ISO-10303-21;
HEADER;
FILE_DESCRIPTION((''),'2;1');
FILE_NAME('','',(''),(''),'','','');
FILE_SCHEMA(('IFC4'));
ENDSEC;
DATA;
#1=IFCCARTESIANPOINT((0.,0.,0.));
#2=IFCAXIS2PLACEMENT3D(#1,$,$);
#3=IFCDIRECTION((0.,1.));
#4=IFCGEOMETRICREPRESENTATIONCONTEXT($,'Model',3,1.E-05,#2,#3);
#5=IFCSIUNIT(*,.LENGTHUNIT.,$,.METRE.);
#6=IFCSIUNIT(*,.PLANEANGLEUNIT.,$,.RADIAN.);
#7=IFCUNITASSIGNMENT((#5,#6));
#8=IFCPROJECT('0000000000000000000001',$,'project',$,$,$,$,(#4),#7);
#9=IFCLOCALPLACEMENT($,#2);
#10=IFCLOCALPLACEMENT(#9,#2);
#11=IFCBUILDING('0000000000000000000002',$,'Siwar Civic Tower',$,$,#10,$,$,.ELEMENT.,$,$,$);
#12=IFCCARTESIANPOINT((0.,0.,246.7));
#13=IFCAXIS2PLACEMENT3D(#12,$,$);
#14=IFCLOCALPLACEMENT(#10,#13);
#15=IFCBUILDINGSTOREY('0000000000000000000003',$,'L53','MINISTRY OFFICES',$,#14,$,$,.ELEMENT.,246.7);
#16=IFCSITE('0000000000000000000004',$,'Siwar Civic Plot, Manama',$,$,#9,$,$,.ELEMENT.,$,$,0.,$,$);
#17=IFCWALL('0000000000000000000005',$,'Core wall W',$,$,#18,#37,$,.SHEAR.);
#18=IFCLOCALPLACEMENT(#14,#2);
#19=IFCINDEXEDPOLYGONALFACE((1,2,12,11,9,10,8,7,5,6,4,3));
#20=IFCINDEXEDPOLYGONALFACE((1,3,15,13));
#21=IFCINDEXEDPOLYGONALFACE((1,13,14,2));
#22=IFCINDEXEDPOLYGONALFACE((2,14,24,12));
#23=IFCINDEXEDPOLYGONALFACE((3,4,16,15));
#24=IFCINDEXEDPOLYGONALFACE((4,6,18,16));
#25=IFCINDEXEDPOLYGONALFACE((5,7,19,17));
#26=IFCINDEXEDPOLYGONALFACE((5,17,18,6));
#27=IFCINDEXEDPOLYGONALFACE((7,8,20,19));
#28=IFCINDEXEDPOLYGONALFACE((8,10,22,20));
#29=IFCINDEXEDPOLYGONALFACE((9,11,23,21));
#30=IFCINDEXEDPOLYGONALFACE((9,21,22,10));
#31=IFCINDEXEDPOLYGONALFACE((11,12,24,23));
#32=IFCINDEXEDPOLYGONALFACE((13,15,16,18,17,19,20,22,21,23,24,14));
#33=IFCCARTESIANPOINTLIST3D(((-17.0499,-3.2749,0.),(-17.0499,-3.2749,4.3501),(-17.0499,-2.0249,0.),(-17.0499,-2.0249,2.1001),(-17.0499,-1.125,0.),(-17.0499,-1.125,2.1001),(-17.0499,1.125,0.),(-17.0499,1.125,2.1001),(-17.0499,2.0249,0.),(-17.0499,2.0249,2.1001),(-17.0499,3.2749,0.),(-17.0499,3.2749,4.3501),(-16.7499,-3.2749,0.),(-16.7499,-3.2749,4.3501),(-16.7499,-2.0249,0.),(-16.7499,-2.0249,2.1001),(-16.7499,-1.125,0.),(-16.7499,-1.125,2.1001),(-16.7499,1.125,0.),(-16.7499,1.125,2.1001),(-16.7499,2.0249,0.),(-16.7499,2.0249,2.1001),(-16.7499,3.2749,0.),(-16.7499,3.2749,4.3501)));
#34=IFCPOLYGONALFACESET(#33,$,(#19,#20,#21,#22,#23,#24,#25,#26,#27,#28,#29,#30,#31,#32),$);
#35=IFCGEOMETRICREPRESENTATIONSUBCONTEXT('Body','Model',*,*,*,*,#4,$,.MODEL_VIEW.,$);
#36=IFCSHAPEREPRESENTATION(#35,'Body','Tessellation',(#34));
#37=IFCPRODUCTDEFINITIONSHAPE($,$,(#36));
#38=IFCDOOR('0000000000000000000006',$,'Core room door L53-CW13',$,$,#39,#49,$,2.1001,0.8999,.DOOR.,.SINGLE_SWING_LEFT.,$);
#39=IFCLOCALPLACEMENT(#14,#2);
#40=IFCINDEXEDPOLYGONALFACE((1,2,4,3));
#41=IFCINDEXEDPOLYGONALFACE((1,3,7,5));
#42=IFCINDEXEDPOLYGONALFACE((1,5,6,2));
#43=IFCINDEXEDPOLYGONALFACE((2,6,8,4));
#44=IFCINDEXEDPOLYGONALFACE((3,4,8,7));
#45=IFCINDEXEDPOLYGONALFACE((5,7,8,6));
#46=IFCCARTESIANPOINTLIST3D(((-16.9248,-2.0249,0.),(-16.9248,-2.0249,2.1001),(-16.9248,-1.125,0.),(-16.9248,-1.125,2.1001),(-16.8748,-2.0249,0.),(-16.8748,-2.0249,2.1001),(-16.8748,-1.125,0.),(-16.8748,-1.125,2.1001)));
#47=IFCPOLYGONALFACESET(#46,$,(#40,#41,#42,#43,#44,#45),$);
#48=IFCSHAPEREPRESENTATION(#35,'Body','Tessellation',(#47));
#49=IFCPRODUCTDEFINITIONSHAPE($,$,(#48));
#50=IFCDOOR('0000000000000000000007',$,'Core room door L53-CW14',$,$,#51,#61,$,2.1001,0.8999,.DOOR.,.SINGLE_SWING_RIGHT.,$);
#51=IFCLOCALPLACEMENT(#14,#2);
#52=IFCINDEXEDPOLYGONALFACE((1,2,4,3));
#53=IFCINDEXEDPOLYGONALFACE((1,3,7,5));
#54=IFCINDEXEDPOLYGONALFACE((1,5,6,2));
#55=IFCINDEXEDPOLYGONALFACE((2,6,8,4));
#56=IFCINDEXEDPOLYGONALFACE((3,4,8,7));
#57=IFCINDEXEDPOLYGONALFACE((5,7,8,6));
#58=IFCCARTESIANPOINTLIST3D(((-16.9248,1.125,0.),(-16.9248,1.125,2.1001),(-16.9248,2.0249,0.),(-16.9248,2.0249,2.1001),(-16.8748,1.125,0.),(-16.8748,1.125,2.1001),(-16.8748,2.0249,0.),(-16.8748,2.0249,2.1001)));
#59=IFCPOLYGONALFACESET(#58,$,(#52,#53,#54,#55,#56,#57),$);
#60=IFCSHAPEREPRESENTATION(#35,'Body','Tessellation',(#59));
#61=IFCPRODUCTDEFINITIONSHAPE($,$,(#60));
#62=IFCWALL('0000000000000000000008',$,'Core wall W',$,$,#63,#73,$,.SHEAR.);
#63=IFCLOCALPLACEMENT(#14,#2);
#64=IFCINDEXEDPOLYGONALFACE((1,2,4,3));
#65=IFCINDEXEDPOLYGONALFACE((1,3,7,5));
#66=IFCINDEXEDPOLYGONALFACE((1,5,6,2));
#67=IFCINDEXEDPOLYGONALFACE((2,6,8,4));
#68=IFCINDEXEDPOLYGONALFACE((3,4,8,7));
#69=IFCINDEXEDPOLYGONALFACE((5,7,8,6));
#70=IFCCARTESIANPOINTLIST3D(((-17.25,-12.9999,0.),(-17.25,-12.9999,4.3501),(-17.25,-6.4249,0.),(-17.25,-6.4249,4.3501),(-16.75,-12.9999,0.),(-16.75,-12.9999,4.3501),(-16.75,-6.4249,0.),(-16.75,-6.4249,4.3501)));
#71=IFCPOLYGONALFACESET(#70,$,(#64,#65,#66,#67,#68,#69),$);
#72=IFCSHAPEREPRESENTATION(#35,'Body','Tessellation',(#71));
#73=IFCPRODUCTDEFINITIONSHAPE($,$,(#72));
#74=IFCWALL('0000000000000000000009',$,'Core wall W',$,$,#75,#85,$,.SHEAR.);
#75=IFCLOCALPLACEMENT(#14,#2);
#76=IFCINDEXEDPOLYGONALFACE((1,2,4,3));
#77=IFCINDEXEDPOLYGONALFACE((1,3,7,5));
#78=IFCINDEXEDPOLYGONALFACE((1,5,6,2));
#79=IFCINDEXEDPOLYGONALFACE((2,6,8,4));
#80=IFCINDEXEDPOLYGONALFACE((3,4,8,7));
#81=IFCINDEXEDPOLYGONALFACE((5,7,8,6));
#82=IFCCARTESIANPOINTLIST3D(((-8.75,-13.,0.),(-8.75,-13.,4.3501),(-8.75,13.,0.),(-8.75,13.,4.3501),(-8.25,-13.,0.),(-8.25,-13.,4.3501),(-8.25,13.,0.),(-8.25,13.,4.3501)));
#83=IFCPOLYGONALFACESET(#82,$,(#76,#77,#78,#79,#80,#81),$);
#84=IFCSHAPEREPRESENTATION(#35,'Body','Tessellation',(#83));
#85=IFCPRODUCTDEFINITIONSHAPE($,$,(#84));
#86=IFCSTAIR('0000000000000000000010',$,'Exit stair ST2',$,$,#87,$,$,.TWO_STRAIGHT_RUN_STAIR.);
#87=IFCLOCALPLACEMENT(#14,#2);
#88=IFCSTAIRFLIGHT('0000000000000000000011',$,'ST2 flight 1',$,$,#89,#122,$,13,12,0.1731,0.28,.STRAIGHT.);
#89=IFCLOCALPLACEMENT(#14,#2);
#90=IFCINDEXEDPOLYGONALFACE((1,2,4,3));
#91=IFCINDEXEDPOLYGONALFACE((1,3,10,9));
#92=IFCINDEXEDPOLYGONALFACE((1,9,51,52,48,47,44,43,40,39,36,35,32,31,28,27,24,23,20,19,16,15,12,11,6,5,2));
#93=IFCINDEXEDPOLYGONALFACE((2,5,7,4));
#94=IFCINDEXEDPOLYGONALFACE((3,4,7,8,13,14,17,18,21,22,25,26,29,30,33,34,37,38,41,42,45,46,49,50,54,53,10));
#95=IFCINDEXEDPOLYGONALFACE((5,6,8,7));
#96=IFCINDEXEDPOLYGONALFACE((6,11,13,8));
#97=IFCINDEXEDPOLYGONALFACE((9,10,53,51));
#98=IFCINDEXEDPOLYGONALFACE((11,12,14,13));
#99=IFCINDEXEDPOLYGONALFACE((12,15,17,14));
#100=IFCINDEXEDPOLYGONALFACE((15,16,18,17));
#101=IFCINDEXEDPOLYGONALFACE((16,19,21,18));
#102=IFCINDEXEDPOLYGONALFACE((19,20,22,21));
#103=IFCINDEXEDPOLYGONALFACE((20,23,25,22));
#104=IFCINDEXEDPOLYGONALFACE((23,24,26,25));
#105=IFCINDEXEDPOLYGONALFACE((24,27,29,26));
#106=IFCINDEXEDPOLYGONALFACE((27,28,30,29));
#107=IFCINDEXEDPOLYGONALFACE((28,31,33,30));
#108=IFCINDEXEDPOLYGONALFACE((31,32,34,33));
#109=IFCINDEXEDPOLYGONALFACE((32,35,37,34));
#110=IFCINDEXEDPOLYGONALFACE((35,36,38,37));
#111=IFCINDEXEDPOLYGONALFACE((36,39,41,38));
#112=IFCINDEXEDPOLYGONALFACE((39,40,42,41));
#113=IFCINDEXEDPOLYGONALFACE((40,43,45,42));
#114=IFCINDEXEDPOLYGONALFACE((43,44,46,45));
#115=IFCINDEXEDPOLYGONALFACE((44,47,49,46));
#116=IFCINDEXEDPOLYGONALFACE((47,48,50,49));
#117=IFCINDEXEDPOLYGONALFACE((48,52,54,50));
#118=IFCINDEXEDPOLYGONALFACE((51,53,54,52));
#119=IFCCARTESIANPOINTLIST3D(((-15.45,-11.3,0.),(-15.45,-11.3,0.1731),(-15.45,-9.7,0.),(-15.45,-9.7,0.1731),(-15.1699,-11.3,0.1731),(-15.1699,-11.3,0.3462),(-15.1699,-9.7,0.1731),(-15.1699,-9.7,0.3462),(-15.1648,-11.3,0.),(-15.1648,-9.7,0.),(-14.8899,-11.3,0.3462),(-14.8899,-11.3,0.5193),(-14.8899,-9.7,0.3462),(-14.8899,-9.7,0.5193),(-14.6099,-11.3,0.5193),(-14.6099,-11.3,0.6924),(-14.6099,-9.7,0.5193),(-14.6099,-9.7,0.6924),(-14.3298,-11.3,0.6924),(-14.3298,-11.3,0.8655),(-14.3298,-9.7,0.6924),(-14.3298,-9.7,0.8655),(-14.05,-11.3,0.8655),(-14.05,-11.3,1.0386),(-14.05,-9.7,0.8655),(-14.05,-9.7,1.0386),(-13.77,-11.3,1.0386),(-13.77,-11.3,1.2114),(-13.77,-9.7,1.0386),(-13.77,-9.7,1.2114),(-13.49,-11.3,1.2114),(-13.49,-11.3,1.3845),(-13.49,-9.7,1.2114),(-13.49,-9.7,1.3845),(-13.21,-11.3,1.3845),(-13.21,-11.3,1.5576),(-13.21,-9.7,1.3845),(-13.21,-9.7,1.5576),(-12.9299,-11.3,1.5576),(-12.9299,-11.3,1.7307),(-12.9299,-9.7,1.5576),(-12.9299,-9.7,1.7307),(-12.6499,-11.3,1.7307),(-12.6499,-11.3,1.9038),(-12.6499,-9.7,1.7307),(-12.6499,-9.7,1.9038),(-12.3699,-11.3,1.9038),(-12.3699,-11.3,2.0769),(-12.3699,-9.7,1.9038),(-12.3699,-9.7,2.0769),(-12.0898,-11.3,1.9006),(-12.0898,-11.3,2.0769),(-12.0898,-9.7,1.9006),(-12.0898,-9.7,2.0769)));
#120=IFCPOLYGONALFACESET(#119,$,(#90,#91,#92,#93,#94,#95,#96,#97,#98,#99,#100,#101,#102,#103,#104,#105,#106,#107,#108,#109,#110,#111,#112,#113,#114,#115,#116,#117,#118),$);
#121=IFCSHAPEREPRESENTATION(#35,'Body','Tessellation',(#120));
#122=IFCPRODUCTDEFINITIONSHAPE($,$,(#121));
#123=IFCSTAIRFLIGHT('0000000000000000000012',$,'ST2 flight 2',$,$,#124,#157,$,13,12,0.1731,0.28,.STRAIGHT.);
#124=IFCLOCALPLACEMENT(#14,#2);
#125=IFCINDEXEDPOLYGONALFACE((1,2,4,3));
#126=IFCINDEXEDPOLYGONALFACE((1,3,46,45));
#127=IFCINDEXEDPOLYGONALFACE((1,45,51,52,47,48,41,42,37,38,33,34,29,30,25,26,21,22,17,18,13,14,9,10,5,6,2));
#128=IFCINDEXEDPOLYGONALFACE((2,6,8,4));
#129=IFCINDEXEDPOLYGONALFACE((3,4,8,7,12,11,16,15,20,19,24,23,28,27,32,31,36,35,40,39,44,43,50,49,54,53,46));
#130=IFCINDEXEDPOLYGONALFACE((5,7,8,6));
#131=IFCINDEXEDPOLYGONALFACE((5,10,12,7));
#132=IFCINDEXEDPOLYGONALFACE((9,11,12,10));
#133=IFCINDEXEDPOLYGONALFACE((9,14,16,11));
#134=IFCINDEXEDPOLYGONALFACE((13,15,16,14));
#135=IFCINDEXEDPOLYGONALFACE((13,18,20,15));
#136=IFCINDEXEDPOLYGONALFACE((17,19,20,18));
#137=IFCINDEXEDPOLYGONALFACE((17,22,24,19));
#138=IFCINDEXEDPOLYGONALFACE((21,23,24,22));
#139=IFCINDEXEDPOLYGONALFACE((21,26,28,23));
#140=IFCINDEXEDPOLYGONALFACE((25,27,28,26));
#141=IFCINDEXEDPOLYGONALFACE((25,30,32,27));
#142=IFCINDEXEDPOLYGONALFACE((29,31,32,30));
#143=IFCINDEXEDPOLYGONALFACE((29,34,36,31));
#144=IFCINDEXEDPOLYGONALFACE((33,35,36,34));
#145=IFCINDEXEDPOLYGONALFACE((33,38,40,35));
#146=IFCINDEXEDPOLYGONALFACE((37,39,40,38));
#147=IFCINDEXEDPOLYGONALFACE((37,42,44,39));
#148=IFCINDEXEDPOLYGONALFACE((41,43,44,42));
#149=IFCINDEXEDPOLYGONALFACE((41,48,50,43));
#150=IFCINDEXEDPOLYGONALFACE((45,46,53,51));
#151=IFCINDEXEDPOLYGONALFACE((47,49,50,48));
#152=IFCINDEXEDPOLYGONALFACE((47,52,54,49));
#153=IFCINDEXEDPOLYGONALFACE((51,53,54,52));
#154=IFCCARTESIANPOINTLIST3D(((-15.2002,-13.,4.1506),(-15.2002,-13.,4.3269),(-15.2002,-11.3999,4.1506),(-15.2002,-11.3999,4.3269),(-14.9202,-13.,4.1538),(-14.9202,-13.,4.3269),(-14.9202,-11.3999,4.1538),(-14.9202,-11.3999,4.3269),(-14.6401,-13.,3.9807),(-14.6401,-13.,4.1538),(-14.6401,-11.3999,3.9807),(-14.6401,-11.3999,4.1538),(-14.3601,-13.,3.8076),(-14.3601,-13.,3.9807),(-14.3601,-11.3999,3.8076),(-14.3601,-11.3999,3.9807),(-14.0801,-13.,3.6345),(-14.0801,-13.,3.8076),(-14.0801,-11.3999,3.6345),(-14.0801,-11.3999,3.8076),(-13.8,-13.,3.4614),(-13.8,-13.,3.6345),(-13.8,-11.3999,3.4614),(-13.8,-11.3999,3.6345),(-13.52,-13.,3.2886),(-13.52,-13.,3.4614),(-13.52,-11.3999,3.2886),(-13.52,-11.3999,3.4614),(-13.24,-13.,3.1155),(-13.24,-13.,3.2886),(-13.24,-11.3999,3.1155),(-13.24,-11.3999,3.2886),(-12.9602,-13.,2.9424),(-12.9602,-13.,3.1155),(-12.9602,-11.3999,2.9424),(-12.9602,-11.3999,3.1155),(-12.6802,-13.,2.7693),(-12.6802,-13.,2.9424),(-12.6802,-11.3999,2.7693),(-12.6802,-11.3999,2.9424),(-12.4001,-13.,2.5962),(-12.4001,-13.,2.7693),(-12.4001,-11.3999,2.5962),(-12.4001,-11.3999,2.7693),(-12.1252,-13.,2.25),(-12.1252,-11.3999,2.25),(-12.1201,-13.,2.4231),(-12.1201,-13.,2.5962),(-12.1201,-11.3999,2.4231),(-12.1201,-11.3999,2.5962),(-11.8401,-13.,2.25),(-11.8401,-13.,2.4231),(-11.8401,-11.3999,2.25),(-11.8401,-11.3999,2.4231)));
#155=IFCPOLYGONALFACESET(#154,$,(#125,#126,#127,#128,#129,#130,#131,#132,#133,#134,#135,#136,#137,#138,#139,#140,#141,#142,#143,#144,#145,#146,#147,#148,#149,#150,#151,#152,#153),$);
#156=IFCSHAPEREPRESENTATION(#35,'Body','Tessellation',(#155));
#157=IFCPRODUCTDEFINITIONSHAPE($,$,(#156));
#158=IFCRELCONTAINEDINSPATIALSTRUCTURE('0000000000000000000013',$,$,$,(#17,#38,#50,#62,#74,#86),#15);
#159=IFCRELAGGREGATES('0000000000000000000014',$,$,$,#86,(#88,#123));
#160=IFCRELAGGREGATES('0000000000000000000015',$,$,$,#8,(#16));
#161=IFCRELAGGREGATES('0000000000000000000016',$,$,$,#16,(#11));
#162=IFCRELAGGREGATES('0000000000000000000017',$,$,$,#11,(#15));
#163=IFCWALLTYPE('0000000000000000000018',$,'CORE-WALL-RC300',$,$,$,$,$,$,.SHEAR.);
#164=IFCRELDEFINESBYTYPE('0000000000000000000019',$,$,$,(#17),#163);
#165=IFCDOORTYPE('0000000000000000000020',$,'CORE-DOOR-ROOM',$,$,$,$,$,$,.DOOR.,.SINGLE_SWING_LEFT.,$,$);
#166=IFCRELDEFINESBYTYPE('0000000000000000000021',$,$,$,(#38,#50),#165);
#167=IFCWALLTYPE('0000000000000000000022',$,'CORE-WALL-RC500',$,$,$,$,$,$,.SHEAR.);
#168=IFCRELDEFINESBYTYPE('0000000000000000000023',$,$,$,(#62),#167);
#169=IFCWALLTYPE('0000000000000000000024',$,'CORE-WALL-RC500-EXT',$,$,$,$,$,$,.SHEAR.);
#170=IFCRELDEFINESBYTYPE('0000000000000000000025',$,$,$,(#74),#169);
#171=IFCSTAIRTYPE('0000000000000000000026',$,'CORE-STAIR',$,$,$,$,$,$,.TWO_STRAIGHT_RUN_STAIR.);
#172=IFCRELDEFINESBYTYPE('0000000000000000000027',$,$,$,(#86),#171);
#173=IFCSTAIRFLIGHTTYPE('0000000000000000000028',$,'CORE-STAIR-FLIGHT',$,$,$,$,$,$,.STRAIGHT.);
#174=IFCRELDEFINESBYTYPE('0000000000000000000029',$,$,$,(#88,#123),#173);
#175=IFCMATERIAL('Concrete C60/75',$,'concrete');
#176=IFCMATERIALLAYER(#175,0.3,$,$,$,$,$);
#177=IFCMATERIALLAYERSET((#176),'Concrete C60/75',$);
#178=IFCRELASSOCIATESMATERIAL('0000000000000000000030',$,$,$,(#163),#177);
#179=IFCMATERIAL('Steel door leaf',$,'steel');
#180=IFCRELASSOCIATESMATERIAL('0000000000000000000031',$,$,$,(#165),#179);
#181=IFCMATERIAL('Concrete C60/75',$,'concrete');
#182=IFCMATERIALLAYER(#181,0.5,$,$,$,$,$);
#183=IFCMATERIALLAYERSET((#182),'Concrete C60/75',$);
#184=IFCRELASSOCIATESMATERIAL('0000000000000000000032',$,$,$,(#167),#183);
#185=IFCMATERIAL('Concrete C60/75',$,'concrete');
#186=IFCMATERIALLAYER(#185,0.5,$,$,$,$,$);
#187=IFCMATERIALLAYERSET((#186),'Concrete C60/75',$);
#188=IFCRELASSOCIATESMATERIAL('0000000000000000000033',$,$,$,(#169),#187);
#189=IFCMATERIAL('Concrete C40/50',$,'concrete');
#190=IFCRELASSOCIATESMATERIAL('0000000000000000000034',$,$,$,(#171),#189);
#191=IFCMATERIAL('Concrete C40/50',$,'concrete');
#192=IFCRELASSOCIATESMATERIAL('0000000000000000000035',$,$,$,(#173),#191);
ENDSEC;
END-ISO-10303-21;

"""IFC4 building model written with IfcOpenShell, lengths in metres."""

from ifc_helpers import new_model, si_unit, direction, frame, frame_2d, origin, place, context, subcontext, project, spatial, polyline, rectangle, outline, extrude, material, layer, layer_set, type_object, element, fill, aggregate, save


model = new_model("IFC4")

# Units and contexts
model_context = context("Model", 3, precision=1e-05, world=origin(), true_north=direction((0.0, 1.0)))
body_context = subcontext(model_context, "Body", "Model", "MODEL_VIEW")
ifc_project = project(units=[si_unit("LENGTHUNIT", "METRE"), si_unit("PLANEANGLEUNIT", "RADIAN")], contexts=[model_context])

# Site, building, storey
site_placement = place(None, origin())
site = spatial("IfcSite", under=ifc_project, at=site_placement, Name="Siwar Civic Plot, Manama", CompositionType="ELEMENT", RefElevation=0.0)
building_placement = place(site_placement, origin())
building = spatial("IfcBuilding", under=site, at=building_placement, Name="Siwar Civic Tower", CompositionType="ELEMENT")
storey_placement = place(building_placement, frame((0.0, 0.0, 246.7)))
storey = spatial("IfcBuildingStorey", under=building, at=storey_placement, Name="L53", Description="MINISTRY OFFICES", CompositionType="ELEMENT", Elevation=246.7)

# Wall, openings, doors
ifc_material_1 = material(Name="Concrete C60/75", Category="concrete")
ifc_layer_1 = layer(ifc_material_1, 0.3)
ifc_layer_set_1 = layer_set([ifc_layer_1], Name="Concrete C60/75")
wall_type_1 = type_object("IfcWallType", Name="CORE-WALL-RC300", PredefinedType="SHEAR", material=ifc_layer_set_1)
wall_1_placement = place(storey_placement, frame((-16.8999, -3.2749, 0.0), z_axis=(0.0, 0.0, 1.0), x_axis=(0.0, 1.0, 0.0)))
wall_1 = element("IfcWall", 1, at=wall_1_placement, inside=storey, type_object=wall_type_1, Name="Core wall W", PredefinedType="SHEAR", context=body_context, shape_type="SweptSolid", body=[
    extrude(rectangle(XDim=6.5498, YDim=0.3, at=frame_2d((3.2749, 0.0))), origin(), (0.0, 0.0, 1.0), 4.3501),
])
opening_1_placement = place(wall_1_placement, frame((1.25, 0.0, 0.0)))
opening_1 = element("IfcOpeningElement", 2, at=opening_1_placement, cuts=wall_1, PredefinedType="OPENING", context=body_context, shape_type="SweptSolid", body=[
    extrude(rectangle(XDim=0.8999, YDim=2.1001, at=frame_2d((0.45, 1.05))), frame((0.0, 0.1602, 0.0), z_axis=(0.0, -1.0, 0.0), x_axis=(1.0, 0.0, 0.0)), (0.0, 0.0, 1.0), 0.3201),
])
opening_2_placement = place(wall_1_placement, frame((4.3999, 0.0, 0.0)))
opening_2 = element("IfcOpeningElement", 3, at=opening_2_placement, cuts=wall_1, PredefinedType="OPENING", context=body_context, shape_type="SweptSolid", body=[
    extrude(rectangle(XDim=0.8999, YDim=2.1001, at=frame_2d((0.45, 1.05))), frame((0.0, 0.1602, 0.0), z_axis=(0.0, -1.0, 0.0), x_axis=(1.0, 0.0, 0.0)), (0.0, 0.0, 1.0), 0.3201),
])
ifc_material_2 = material(Name="Steel door leaf", Category="steel")
door_type_1 = type_object("IfcDoorType", Name="CORE-DOOR-ROOM", OperationType="SINGLE_SWING_LEFT", PredefinedType="DOOR", material=ifc_material_2)
door_1_placement = place(opening_1_placement, origin())
door_1 = element("IfcDoor", 4, at=door_1_placement, inside=storey, type_object=door_type_1, Name="Core room door L53-CW13", OperationType="SINGLE_SWING_LEFT", OverallHeight=2.1001, OverallWidth=0.8999, PredefinedType="DOOR", context=body_context, shape_type="SweptSolid", body=[
    extrude(rectangle(XDim=0.8999, YDim=2.1001, at=frame_2d((0.45, 1.05))), frame((0.0, 0.0249, 0.0), z_axis=(0.0, -1.0, 0.0), x_axis=(1.0, 0.0, 0.0)), (0.0, 0.0, 1.0), 0.05),
])
fill(opening_1, door_1)
door_2_placement = place(opening_2_placement, origin())
door_2 = element("IfcDoor", 5, at=door_2_placement, inside=storey, type_object=door_type_1, Name="Core room door L53-CW14", OperationType="SINGLE_SWING_RIGHT", OverallHeight=2.1001, OverallWidth=0.8999, PredefinedType="DOOR", context=body_context, shape_type="SweptSolid", body=[
    extrude(rectangle(XDim=0.8999, YDim=2.1001, at=frame_2d((0.45, 1.05))), frame((0.0, 0.0249, 0.0), z_axis=(0.0, -1.0, 0.0), x_axis=(1.0, 0.0, 0.0)), (0.0, 0.0, 1.0), 0.05),
])
fill(opening_2, door_2)

# Walls
ifc_material_3 = material(Name="Concrete C60/75", Category="concrete")
ifc_layer_2 = layer(ifc_material_3, 0.5)
ifc_layer_set_2 = layer_set([ifc_layer_2], Name="Concrete C60/75")
wall_type_2 = type_object("IfcWallType", Name="CORE-WALL-RC500", PredefinedType="SHEAR", material=ifc_layer_set_2)
wall_2_placement = place(storey_placement, frame((-17.0, -13.0, 0.0), z_axis=(0.0, 0.0, 1.0), x_axis=(0.0, 1.0, 0.0)))
element("IfcWall", 6, at=wall_2_placement, inside=storey, type_object=wall_type_2, Name="Core wall W", PredefinedType="SHEAR", context=body_context, shape_type="SweptSolid", body=[
    extrude(rectangle(XDim=6.575, YDim=0.5, at=frame_2d((3.2876, 0.0))), origin(), (0.0, 0.0, 1.0), 4.3501),
])
ifc_material_4 = material(Name="Concrete C60/75", Category="concrete")
ifc_layer_3 = layer(ifc_material_4, 0.5)
ifc_layer_set_3 = layer_set([ifc_layer_3], Name="Concrete C60/75")
wall_type_3 = type_object("IfcWallType", Name="CORE-WALL-RC500-EXT", PredefinedType="SHEAR", material=ifc_layer_set_3)
wall_3_placement = place(storey_placement, frame((-8.5, -13.0, 0.0), z_axis=(0.0, 0.0, 1.0), x_axis=(0.0, 1.0, 0.0)))
element("IfcWall", 7, at=wall_3_placement, inside=storey, type_object=wall_type_3, Name="Core wall W", PredefinedType="SHEAR", context=body_context, shape_type="SweptSolid", body=[
    extrude(rectangle(XDim=26.0, YDim=0.5, at=frame_2d((13.0, 0.0))), origin(), (0.0, 0.0, 1.0), 4.3501),
])

# Stair, stair flights
ifc_material_5 = material(Name="Concrete C40/50", Category="concrete")
stair_type = type_object("IfcStairType", Name="CORE-STAIR", PredefinedType="TWO_STRAIGHT_RUN_STAIR", material=ifc_material_5)
stair_placement = place(storey_placement, origin())
stair = element("IfcStair", 8, at=stair_placement, inside=storey, type_object=stair_type, Name="Exit stair ST2", PredefinedType="TWO_STRAIGHT_RUN_STAIR")
ifc_material_6 = material(Name="Concrete C40/50", Category="concrete")
stair_flight_type = type_object("IfcStairFlightType", Name="CORE-STAIR-FLIGHT", PredefinedType="STRAIGHT", material=ifc_material_6)
stair_flight_1_placement = place(storey_placement, frame((-15.45, -10.5, 0.0), z_axis=(0.0, 0.0, 1.0), x_axis=(1.0, 0.0, 0.0)))
stair_flight_1 = element("IfcStairFlight", 9, at=stair_flight_1_placement, type_object=stair_flight_type, Name="ST2 flight 1", NumberOfRisers=13, NumberOfTreads=12, PredefinedType="STRAIGHT", RiserHeight=0.1731, TreadLength=0.28, context=body_context, shape_type="SweptSolid", body=[
    extrude(outline(polyline([(0.0, 0.0), (0.0, 0.1731), (0.28, 0.1731), (0.28, 0.3462), (0.5601, 0.3462), (0.5601, 0.5193), (0.8401, 0.5193), (0.8401, 0.6924), (1.1201, 0.6924), (1.1201, 0.8655), (1.3999, 0.8655), (1.3999, 1.0386), (1.6799, 1.0386), (1.6799, 1.2114), (1.96, 1.2114), (1.96, 1.3845), (2.24, 1.3845), (2.24, 1.5576), (2.52, 1.5576), (2.52, 1.7307), (2.8, 1.7307), (2.8, 1.9038), (3.0801, 1.9038), (3.0801, 2.0769), (3.3601, 2.0769), (3.3601, 2.25), (3.3601, 1.9006), (0.2852, 0.0), (0.0, 0.0)])), frame((0.0, 0.8, 0.0), z_axis=(0.0, -1.0, 0.0), x_axis=(1.0, 0.0, 0.0)), (0.0, 0.0, 1.0), 1.6001),
])
stair_flight_2_placement = place(storey_placement, frame((-11.8401, -12.2, 2.25), z_axis=(0.0, 0.0, 1.0), x_axis=(-1.0, 0.0, 0.0)))
stair_flight_2 = element("IfcStairFlight", 10, at=stair_flight_2_placement, type_object=stair_flight_type, Name="ST2 flight 2", NumberOfRisers=13, NumberOfTreads=12, PredefinedType="STRAIGHT", RiserHeight=0.1731, TreadLength=0.28, context=body_context, shape_type="SweptSolid", body=[
    extrude(outline(polyline([(0.0, 0.0), (0.0, 0.1731), (0.28, 0.1731), (0.28, 0.3462), (0.5601, 0.3462), (0.5601, 0.5193), (0.8401, 0.5193), (0.8401, 0.6924), (1.1201, 0.6924), (1.1201, 0.8655), (1.3999, 0.8655), (1.3999, 1.0386), (1.6799, 1.0386), (1.6799, 1.2114), (1.96, 1.2114), (1.96, 1.3845), (2.24, 1.3845), (2.24, 1.5576), (2.52, 1.5576), (2.52, 1.7307), (2.8, 1.7307), (2.8, 1.9038), (3.0801, 1.9038), (3.0801, 2.0769), (3.3601, 2.0769), (3.3601, 2.25), (3.3601, 1.9006), (0.2852, 0.0), (0.0, 0.0)])), frame((0.0, 0.8, 0.0), z_axis=(0.0, -1.0, 0.0), x_axis=(1.0, 0.0, 0.0)), (0.0, 0.0, 1.0), 1.6001),
])
aggregate(stair, [stair_flight_1, stair_flight_2])

save(model, "model.ifc")
